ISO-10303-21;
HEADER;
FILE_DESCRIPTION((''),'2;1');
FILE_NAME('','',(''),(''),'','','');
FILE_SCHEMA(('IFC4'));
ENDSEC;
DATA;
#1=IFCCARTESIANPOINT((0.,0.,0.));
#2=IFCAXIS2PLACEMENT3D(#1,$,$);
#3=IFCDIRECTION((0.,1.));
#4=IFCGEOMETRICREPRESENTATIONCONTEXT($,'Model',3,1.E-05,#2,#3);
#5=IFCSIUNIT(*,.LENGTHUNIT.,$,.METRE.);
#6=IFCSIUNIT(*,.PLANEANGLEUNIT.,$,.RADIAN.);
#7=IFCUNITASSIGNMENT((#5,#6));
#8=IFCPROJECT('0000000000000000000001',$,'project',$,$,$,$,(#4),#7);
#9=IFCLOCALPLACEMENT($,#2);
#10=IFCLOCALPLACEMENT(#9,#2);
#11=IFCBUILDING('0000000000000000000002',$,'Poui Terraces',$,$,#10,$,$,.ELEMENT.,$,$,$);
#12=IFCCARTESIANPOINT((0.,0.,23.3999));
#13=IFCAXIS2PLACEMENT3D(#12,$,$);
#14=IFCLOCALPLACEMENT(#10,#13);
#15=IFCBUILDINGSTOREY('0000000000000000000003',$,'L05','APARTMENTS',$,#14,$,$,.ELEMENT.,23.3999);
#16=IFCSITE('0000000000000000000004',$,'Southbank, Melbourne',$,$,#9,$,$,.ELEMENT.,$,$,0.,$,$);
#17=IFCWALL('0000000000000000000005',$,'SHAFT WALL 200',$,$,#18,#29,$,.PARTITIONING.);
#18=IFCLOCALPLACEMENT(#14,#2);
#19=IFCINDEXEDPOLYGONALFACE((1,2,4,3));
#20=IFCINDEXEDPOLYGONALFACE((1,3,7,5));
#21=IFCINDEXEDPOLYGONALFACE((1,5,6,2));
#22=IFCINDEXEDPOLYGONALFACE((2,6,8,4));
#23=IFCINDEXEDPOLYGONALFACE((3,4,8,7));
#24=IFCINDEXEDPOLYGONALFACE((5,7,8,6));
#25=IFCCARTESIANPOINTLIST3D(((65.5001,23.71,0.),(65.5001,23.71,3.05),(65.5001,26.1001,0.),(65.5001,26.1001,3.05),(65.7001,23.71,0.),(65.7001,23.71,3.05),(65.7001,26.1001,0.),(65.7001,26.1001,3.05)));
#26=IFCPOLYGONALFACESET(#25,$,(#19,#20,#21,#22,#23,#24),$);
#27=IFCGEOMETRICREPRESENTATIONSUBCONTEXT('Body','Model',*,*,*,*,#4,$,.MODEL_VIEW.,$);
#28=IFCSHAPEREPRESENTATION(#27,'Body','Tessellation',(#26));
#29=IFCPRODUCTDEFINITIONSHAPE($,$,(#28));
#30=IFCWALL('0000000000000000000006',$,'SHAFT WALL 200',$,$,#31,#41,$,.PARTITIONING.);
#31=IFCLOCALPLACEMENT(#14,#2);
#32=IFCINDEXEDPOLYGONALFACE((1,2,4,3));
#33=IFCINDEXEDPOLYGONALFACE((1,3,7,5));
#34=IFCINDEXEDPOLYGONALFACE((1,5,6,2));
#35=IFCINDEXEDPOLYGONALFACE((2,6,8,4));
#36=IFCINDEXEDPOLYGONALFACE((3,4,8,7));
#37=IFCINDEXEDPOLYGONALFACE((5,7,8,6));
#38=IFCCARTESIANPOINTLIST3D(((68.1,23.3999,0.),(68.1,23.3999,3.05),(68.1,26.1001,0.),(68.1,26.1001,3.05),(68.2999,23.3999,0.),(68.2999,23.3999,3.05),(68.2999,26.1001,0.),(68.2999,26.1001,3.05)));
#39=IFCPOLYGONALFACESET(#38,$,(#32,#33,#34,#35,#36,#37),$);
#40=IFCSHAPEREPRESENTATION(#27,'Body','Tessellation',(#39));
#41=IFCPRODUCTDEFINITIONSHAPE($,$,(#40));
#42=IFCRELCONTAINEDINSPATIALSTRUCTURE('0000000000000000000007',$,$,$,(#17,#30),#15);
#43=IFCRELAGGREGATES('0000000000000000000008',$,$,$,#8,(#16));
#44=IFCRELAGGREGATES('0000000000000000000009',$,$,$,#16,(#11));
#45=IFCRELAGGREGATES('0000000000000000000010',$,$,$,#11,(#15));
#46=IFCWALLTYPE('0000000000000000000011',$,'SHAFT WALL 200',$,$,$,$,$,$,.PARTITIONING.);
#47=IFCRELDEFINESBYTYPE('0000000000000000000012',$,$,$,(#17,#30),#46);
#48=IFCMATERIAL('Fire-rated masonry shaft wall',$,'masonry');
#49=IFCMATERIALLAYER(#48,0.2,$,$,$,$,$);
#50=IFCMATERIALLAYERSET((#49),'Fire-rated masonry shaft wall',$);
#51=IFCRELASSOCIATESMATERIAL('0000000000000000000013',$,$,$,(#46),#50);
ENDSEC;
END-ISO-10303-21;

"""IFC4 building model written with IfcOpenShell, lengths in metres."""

from ifc_helpers import new_model, si_unit, direction, frame, frame_2d, origin, place, context, subcontext, project, spatial, rectangle, extrude, material, layer, layer_set, type_object, element, save


model = new_model("IFC4")

# Units and contexts
model_context = context("Model", 3, precision=1e-05, world=origin(), true_north=direction((0.0, 1.0)))
body_context = subcontext(model_context, "Body", "Model", "MODEL_VIEW")
ifc_project = project(units=[si_unit("LENGTHUNIT", "METRE"), si_unit("PLANEANGLEUNIT", "RADIAN")], contexts=[model_context])

# Site, building, storey
site_placement = place(None, origin())
site = spatial("IfcSite", under=ifc_project, at=site_placement, Name="Southbank, Melbourne", CompositionType="ELEMENT", RefElevation=0.0)
building_placement = place(site_placement, origin())
building = spatial("IfcBuilding", under=site, at=building_placement, Name="Poui Terraces", CompositionType="ELEMENT")
storey_placement = place(building_placement, frame((0.0, 0.0, 23.3999)))
storey = spatial("IfcBuildingStorey", under=building, at=storey_placement, Name="L05", Description="APARTMENTS", CompositionType="ELEMENT", Elevation=23.3999)

# Walls
ifc_material_1 = material(Name="Fire-rated masonry shaft wall", Category="masonry")
ifc_layer_1 = layer(ifc_material_1, 0.2)
ifc_layer_set_1 = layer_set([ifc_layer_1], Name="Fire-rated masonry shaft wall")
wall_type_1 = type_object("IfcWallType", Name="SHAFT WALL 200", PredefinedType="PARTITIONING", material=ifc_layer_set_1)
for number, where, z_axis, x_axis, name in (
    (1, (65.6001, 23.71, 0.0), (0.0, 0.0, 1.0), (0.0, 1.0, 0.0), "SHAFT WALL 200"),
):
    element("IfcWall", number, at=place(storey_placement, frame(where, z_axis=z_axis, x_axis=x_axis)), inside=storey, type_object=wall_type_1, Name=name, PredefinedType="PARTITIONING", context=body_context, shape_type="SweptSolid", body=[
        extrude(rectangle(XDim=2.3901, YDim=0.2, at=frame_2d((1.1951, 0.0))), origin(), (0.0, 0.0, 1.0), 3.05),
    ])
wall_1_placement = place(storey_placement, frame((68.2, 23.3999, 0.0), z_axis=(0.0, 0.0, 1.0), x_axis=(0.0, 1.0, 0.0)))
element("IfcWall", 2, at=wall_1_placement, inside=storey, type_object=wall_type_1, Name="SHAFT WALL 200", PredefinedType="PARTITIONING", context=body_context, shape_type="SweptSolid", body=[
    extrude(rectangle(XDim=2.7002, YDim=0.2, at=frame_2d((1.3501, 0.0))), origin(), (0.0, 0.0, 1.0), 3.05),
])

save(model, "model.ifc")
